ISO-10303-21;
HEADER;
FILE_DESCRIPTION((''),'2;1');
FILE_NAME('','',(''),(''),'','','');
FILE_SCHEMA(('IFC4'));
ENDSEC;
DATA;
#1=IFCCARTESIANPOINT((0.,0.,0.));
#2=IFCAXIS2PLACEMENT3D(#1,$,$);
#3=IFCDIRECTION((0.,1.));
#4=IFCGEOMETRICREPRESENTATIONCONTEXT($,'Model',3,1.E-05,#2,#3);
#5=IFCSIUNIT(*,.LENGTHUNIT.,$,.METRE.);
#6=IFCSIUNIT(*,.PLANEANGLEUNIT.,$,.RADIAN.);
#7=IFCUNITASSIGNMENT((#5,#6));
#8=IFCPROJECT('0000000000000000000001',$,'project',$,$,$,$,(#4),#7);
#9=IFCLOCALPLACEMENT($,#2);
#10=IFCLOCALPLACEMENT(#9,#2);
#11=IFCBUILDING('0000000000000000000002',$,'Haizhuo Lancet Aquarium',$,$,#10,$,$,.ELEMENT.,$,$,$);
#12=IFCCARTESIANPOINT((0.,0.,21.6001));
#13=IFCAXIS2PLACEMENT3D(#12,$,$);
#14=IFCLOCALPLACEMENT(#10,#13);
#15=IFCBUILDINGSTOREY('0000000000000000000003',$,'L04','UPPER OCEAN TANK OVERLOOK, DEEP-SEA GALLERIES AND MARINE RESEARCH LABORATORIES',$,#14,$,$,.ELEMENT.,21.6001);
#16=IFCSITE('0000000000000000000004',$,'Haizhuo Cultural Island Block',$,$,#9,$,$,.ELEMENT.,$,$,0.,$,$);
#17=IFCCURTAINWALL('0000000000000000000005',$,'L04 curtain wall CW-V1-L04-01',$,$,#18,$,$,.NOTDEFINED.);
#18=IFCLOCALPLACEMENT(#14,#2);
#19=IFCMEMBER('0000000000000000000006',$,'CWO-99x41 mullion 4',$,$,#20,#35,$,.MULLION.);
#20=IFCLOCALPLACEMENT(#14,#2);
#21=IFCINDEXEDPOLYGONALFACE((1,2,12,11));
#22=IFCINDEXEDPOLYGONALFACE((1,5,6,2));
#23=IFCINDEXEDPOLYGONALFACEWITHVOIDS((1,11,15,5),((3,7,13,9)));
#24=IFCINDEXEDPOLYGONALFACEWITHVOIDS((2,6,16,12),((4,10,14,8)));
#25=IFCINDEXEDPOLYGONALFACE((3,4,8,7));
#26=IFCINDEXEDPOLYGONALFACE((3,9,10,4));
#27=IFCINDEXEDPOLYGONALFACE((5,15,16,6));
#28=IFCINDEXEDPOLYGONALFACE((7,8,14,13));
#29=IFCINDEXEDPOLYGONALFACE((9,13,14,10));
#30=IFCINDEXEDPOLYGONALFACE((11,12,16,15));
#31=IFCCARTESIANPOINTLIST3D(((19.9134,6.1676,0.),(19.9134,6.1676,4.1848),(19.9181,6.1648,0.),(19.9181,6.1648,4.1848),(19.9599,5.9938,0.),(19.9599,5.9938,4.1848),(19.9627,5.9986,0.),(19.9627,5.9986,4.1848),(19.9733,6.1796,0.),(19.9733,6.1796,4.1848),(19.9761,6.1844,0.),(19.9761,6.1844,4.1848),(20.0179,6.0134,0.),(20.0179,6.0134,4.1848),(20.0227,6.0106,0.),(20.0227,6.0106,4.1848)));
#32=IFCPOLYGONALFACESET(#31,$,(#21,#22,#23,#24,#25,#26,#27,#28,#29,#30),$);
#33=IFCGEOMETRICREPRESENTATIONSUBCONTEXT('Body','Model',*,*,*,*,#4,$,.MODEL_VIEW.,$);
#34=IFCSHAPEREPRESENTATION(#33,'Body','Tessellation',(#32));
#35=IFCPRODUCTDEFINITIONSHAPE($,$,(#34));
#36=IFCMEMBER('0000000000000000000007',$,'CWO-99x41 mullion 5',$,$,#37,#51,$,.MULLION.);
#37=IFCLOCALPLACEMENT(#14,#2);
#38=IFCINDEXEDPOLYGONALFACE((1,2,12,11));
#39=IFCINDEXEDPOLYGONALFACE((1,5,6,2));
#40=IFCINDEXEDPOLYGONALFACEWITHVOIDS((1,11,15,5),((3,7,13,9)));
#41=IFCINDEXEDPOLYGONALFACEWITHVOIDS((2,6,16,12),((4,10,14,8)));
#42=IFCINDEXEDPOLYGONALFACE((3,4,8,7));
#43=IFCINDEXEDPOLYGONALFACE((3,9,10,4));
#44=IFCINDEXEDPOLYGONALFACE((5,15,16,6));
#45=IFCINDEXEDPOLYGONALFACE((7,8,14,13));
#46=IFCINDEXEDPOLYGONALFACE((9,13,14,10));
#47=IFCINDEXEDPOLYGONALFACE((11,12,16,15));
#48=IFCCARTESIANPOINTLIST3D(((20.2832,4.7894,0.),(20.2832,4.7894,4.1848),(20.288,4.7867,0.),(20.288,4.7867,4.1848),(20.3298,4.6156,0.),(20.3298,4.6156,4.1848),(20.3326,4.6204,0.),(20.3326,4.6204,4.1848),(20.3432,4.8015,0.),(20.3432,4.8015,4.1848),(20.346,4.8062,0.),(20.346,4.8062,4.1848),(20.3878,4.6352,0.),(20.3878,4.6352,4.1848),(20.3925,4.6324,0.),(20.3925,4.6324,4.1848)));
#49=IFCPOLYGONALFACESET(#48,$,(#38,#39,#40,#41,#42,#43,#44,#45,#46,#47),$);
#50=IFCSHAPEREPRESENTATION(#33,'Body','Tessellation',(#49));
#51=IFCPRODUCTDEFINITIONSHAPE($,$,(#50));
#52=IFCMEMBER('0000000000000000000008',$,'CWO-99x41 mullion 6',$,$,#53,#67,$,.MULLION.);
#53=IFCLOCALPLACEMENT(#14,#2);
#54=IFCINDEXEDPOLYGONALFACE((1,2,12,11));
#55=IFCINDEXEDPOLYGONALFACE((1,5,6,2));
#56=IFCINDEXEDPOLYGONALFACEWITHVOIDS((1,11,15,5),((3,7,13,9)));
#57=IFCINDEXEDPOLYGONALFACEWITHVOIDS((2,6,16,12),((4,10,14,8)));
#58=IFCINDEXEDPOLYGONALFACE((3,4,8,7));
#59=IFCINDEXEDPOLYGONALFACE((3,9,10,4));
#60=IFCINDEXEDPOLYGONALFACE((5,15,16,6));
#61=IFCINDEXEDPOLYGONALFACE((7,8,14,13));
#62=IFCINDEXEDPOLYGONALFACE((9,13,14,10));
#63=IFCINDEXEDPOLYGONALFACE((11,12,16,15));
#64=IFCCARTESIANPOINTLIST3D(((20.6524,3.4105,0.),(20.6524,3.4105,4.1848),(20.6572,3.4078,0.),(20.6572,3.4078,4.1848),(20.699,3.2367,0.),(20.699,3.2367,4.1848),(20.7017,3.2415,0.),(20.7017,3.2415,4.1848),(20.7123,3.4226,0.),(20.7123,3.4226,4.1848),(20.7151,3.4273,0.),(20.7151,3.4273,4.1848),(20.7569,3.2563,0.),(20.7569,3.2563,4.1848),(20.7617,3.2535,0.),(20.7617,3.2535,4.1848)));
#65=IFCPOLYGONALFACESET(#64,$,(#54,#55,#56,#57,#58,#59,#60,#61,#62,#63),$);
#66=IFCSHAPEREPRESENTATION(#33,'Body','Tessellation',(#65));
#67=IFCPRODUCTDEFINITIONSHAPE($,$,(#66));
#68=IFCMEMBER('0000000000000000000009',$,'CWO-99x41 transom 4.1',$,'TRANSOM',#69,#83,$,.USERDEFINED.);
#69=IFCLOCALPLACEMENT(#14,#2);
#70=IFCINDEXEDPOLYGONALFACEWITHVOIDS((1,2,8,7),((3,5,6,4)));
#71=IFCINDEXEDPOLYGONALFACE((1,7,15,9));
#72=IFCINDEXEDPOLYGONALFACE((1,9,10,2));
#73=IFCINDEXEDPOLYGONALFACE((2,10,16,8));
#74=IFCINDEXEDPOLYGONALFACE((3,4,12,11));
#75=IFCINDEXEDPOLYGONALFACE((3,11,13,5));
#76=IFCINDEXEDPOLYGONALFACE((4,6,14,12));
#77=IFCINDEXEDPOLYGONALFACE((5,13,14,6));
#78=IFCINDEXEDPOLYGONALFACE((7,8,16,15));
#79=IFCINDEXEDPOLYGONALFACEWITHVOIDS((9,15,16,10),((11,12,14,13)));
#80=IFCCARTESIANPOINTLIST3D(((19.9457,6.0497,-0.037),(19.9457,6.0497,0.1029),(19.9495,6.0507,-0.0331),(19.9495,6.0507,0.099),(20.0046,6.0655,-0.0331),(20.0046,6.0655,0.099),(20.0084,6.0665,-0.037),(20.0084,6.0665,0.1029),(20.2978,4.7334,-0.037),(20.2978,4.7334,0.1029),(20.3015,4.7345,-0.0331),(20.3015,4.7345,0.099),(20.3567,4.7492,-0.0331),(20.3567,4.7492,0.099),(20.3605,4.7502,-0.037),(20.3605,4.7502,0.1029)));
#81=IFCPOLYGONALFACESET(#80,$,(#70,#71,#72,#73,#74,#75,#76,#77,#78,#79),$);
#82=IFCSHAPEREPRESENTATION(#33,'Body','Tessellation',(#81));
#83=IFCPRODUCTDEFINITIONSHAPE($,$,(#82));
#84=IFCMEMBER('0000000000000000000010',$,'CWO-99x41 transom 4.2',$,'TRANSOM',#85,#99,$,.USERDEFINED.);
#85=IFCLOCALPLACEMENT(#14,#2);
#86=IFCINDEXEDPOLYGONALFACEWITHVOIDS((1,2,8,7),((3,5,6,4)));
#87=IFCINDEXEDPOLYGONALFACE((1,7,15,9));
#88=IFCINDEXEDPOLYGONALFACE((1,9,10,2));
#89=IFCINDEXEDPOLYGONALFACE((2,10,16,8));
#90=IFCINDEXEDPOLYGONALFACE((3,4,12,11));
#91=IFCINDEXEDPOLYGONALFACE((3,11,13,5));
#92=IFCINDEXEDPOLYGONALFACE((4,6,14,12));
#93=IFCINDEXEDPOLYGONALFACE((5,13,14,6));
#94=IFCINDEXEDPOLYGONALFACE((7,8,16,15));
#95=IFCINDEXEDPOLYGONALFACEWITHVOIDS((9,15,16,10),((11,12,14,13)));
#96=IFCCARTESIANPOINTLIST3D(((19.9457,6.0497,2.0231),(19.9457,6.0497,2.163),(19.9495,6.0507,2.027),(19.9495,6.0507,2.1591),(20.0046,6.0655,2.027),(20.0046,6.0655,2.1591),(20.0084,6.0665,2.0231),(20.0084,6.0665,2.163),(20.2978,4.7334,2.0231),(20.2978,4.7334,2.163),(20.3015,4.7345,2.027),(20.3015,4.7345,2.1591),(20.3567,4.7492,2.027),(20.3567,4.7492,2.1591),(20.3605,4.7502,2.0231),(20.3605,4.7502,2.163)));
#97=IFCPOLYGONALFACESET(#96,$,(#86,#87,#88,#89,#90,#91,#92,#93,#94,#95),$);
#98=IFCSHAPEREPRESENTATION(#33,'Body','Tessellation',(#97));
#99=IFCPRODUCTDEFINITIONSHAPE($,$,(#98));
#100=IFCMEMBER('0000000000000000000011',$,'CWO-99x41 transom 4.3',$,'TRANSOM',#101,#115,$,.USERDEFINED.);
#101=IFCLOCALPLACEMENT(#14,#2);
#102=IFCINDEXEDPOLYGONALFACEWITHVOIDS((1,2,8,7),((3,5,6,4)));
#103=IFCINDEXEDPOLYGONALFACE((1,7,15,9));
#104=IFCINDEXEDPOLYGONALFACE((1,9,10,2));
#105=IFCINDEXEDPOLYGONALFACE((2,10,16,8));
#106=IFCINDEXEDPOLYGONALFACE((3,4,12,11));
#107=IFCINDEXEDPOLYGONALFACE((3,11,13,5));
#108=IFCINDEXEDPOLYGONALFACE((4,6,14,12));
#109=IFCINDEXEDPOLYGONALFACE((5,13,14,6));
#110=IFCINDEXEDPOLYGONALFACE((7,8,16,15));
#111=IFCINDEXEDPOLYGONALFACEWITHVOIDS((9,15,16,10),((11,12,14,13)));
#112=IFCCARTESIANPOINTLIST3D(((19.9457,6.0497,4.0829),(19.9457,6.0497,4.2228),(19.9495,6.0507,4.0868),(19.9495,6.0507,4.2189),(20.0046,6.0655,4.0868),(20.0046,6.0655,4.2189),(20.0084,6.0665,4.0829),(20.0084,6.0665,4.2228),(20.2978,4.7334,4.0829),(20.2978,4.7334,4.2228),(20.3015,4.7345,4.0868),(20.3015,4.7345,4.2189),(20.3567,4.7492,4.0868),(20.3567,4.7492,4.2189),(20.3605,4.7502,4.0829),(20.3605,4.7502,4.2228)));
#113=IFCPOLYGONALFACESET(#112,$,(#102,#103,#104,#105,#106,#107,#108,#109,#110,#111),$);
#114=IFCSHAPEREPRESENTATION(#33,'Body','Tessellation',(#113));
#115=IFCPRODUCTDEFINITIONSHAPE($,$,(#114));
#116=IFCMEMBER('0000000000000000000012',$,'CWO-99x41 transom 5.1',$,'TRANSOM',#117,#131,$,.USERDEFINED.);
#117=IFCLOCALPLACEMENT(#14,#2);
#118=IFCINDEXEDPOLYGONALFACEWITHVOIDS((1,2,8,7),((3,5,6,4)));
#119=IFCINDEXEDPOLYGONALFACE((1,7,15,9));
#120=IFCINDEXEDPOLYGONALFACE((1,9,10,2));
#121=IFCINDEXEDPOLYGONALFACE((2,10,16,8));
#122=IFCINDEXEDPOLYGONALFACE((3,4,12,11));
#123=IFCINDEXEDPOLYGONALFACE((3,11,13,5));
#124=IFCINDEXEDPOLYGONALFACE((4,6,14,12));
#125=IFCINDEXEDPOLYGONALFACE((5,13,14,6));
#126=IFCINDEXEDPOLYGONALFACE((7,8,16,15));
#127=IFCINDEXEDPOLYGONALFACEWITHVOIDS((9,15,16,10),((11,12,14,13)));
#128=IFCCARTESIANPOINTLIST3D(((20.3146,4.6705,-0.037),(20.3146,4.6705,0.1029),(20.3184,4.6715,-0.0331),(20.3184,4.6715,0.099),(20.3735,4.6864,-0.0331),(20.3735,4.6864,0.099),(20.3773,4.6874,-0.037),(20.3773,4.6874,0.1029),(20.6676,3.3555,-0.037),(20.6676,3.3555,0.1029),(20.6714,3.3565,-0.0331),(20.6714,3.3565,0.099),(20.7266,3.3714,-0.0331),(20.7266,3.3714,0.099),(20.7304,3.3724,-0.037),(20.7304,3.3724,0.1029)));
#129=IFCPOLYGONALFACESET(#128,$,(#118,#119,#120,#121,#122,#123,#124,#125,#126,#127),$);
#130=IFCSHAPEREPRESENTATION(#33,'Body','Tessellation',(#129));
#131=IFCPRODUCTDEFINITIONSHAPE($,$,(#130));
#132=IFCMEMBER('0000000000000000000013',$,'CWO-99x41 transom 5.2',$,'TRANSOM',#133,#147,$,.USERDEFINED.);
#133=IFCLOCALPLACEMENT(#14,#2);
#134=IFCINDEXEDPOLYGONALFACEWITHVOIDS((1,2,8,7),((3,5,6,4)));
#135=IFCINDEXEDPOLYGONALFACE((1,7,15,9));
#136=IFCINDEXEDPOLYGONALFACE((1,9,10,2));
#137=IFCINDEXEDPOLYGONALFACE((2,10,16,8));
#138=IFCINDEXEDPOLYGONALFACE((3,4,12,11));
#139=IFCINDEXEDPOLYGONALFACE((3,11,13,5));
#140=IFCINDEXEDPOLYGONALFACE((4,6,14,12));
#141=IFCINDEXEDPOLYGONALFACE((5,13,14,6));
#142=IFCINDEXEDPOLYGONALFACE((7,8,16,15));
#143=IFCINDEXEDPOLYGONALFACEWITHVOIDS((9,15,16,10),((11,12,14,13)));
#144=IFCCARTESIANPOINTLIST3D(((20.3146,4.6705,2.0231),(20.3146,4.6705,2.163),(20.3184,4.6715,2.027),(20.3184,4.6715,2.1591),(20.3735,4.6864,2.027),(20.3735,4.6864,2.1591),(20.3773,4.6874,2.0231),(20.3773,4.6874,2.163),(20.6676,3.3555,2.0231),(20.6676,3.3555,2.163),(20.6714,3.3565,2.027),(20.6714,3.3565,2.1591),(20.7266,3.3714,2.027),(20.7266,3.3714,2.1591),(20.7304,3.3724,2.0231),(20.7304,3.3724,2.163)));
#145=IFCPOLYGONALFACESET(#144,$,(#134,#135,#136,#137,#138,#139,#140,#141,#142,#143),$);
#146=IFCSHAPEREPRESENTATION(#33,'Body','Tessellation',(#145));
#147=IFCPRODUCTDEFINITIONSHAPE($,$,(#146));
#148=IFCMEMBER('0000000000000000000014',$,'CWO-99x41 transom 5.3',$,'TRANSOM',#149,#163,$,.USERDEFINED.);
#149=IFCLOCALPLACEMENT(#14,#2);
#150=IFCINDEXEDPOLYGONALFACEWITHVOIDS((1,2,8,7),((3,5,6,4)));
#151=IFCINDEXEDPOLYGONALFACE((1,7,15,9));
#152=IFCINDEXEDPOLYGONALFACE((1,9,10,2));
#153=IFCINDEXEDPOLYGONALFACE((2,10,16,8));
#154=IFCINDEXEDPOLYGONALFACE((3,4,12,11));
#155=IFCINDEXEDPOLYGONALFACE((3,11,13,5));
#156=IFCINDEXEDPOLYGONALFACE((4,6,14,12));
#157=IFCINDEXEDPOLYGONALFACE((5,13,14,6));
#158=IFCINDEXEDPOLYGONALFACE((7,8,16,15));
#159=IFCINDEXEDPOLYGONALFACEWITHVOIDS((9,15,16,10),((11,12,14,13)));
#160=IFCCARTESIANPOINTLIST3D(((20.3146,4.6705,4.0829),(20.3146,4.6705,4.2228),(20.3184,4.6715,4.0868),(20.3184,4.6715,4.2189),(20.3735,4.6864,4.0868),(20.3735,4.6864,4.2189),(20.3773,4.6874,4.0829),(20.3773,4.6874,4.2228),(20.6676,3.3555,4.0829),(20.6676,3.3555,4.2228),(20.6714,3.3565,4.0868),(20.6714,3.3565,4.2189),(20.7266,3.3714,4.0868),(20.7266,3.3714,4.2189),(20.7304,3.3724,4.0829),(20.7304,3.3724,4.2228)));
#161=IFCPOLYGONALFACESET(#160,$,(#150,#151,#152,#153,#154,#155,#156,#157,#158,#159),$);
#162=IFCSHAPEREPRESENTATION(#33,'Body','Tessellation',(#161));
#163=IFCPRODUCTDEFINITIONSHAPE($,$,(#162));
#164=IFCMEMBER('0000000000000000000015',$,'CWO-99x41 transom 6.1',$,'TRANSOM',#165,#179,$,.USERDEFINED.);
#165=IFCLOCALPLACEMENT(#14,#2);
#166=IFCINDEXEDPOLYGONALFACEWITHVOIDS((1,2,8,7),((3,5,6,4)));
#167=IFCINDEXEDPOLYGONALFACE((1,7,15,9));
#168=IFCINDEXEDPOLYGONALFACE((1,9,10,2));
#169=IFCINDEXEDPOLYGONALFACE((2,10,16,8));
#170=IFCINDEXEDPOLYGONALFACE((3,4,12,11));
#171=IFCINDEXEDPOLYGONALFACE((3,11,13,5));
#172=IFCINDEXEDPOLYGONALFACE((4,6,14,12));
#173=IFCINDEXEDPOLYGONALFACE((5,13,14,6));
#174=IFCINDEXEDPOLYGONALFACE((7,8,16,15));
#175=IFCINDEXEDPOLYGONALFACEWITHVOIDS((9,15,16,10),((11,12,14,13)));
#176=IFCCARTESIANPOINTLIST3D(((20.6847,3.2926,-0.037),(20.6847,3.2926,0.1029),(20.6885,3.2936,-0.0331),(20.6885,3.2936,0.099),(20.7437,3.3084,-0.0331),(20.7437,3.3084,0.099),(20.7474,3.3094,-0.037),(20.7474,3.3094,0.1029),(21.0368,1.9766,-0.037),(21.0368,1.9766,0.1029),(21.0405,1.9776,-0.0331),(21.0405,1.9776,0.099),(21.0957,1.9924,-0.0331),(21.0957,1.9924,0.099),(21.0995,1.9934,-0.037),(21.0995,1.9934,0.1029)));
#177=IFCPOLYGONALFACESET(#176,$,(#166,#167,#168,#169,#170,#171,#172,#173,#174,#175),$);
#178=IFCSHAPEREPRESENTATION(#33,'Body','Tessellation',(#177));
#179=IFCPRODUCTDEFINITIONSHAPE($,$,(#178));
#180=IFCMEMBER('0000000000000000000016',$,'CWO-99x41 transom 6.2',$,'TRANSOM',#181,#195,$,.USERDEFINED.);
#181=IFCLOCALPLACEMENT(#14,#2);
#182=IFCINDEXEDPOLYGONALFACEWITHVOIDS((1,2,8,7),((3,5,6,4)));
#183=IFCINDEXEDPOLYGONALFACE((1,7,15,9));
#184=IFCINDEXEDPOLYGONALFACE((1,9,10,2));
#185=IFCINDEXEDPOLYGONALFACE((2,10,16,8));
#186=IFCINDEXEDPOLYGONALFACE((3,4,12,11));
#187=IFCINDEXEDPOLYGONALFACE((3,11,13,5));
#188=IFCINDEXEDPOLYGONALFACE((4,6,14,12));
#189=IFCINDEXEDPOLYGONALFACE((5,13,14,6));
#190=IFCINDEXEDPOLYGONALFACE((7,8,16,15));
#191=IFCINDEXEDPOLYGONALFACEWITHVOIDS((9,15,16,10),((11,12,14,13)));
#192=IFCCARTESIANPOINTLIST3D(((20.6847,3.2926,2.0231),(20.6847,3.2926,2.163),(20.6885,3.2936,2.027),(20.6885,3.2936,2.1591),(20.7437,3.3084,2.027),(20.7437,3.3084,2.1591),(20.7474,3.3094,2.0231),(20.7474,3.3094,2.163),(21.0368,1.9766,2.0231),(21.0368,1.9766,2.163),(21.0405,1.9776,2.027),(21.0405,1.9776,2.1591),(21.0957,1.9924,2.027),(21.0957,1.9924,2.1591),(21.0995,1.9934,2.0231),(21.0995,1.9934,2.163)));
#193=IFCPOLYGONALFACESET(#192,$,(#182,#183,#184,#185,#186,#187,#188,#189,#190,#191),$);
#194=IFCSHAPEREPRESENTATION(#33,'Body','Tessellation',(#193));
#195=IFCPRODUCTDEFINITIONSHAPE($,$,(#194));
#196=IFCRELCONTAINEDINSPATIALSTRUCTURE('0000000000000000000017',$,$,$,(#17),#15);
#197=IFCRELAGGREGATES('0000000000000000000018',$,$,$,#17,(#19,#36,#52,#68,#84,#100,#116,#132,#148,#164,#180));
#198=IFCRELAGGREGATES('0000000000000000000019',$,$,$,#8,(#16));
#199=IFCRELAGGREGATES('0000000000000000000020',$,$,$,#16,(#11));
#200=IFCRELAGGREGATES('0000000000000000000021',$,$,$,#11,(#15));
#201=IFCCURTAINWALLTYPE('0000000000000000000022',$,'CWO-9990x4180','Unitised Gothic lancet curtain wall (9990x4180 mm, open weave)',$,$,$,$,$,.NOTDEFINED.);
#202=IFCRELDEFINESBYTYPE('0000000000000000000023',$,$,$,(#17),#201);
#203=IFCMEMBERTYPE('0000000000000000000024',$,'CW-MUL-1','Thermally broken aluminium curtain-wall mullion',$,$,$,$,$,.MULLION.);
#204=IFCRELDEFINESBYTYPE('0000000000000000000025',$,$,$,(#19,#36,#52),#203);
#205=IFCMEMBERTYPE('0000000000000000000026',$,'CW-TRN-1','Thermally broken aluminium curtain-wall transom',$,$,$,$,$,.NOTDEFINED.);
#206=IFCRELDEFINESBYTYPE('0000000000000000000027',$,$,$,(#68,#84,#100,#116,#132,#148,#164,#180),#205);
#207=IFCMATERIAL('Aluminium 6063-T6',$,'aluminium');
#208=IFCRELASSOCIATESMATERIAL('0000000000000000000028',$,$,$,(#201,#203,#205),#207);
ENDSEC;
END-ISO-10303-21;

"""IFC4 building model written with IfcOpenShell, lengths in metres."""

from ifc_helpers import new_model, si_unit, direction, frame, origin, origin_2d, place, context, subcontext, project, spatial, hollow_rectangle, extrude, material, material_profile, profile_set, type_object, element, aggregate, save


model = new_model("IFC4")

# Units and contexts
model_context = context("Model", 3, precision=1e-05, world=origin(), true_north=direction((0.0, 1.0)))
body_context = subcontext(model_context, "Body", "Model", "MODEL_VIEW")
ifc_project = project(units=[si_unit("LENGTHUNIT", "METRE"), si_unit("PLANEANGLEUNIT", "RADIAN")], contexts=[model_context])

# Site, building, storey
site_placement = place(None, origin())
site = spatial("IfcSite", under=ifc_project, at=site_placement, Name="Haizhuo Cultural Island Block", CompositionType="ELEMENT", RefElevation=0.0)
building_placement = place(site_placement, origin())
building = spatial("IfcBuilding", under=site, at=building_placement, Name="Haizhuo Lancet Aquarium", CompositionType="ELEMENT")
storey_placement = place(building_placement, frame((0.0, 0.0, 21.6001)))
storey = spatial("IfcBuildingStorey", under=building, at=storey_placement, Name="L04", Description="UPPER OCEAN TANK OVERLOOK, DEEP-SEA GALLERIES AND MARINE RESEARCH LABORATORIES", CompositionType="ELEMENT", Elevation=21.6001)

# Curtain wall, members
ifc_material_1 = material(Name="Aluminium 6063-T6", Category="aluminium")
curtain_wall_type = type_object("IfcCurtainWallType", Name="CWO-9990x4180", Description="Unitised Gothic lancet curtain wall (9990x4180 mm, open weave)", PredefinedType="NOTDEFINED", material=ifc_material_1)
curtain_wall_placement = place(storey_placement, origin())
curtain_wall = element("IfcCurtainWall", 1, at=curtain_wall_placement, inside=storey, type_object=curtain_wall_type, Name="L04 curtain wall CW-V1-L04-01", PredefinedType="NOTDEFINED")
ifc_material_profile_1 = material_profile(ifc_material_1, hollow_rectangle(XDim=0.0649, YDim=0.1799, WallThickness=0.0039, at=origin_2d()), Name="ALU-M 65x180x4")
ifc_profile_set_1 = profile_set([ifc_material_profile_1], Name="Aluminium 6063-T6")
member_type_1 = type_object("IfcMemberType", Name="CW-MUL-1", Description="Thermally broken aluminium curtain-wall mullion", PredefinedType="MULLION", material=ifc_profile_set_1)
member_1_placement = place(storey_placement, frame((19.968, 6.0891, 0.0), z_axis=(0.0, 0.0, 1.0), x_axis=(0.965917, 0.258853, 0.0)))
member_1 = element("IfcMember", 2, at=member_1_placement, type_object=member_type_1, Name="CWO-99x41 mullion 4", PredefinedType="MULLION", context=body_context, shape_type="SweptSolid", body=[
    extrude(hollow_rectangle(XDim=0.0649, YDim=0.1799, WallThickness=0.0039, at=origin_2d()), origin(), (0.0, 0.0, 1.0), 4.1848),
])
member_2_placement = place(storey_placement, frame((20.3379, 4.7109, 0.0), z_axis=(0.0, 0.0, 1.0), x_axis=(0.965917, 0.258853, 0.0)))
member_2 = element("IfcMember", 3, at=member_2_placement, type_object=member_type_1, Name="CWO-99x41 mullion 5", PredefinedType="MULLION", context=body_context, shape_type="SweptSolid", body=[
    extrude(hollow_rectangle(XDim=0.0649, YDim=0.1799, WallThickness=0.0039, at=origin_2d()), origin(), (0.0, 0.0, 1.0), 4.1848),
])
member_3_placement = place(storey_placement, frame((20.707, 3.332, 0.0), z_axis=(0.0, 0.0, 1.0), x_axis=(0.965917, 0.258853, 0.0)))
member_3 = element("IfcMember", 4, at=member_3_placement, type_object=member_type_1, Name="CWO-99x41 mullion 6", PredefinedType="MULLION", context=body_context, shape_type="SweptSolid", body=[
    extrude(hollow_rectangle(XDim=0.0649, YDim=0.1799, WallThickness=0.0039, at=origin_2d()), origin(), (0.0, 0.0, 1.0), 4.1848),
])
ifc_material_profile_2 = material_profile(ifc_material_1, hollow_rectangle(XDim=0.0649, YDim=0.1399, WallThickness=0.0039, at=origin_2d()), Name="ALU-T 65x140x4")
ifc_profile_set_2 = profile_set([ifc_material_profile_2], Name="Aluminium 6063-T6")
member_type_2 = type_object("IfcMemberType", Name="CW-TRN-1", Description="Thermally broken aluminium curtain-wall transom", PredefinedType="NOTDEFINED", material=ifc_profile_set_2)
member_4_placement = place(storey_placement, frame((19.9771, 6.0581, 0.033), z_axis=(0.258399, -0.966038, 0.0), x_axis=(0.966038, 0.258399, 0.0)))
member_4 = element("IfcMember", 5, at=member_4_placement, type_object=member_type_2, Name="CWO-99x41 transom 4.1", ObjectType="TRANSOM", PredefinedType="USERDEFINED", context=body_context, shape_type="SweptSolid", body=[
    extrude(hollow_rectangle(XDim=0.0649, YDim=0.1399, WallThickness=0.0039, at=origin_2d()), origin(), (0.0, 0.0, 1.0), 1.3625),
])
member_5_placement = place(storey_placement, frame((19.9771, 6.0581, 2.093), z_axis=(0.258399, -0.966038, 0.0), x_axis=(0.966038, 0.258399, 0.0)))
member_5 = element("IfcMember", 6, at=member_5_placement, type_object=member_type_2, Name="CWO-99x41 transom 4.2", ObjectType="TRANSOM", PredefinedType="USERDEFINED", context=body_context, shape_type="SweptSolid", body=[
    extrude(hollow_rectangle(XDim=0.0649, YDim=0.1399, WallThickness=0.0039, at=origin_2d()), origin(), (0.0, 0.0, 1.0), 1.3625),
])
member_6_placement = place(storey_placement, frame((19.9771, 6.0581, 4.1528), z_axis=(0.258399, -0.966038, 0.0), x_axis=(0.966038, 0.258399, 0.0)))
member_6 = element("IfcMember", 7, at=member_6_placement, type_object=member_type_2, Name="CWO-99x41 transom 4.3", ObjectType="TRANSOM", PredefinedType="USERDEFINED", context=body_context, shape_type="SweptSolid", body=[
    extrude(hollow_rectangle(XDim=0.0649, YDim=0.1399, WallThickness=0.0039, at=origin_2d()), origin(), (0.0, 0.0, 1.0), 1.3625),
])
member_7_placement = place(storey_placement, frame((20.3459, 4.679, 0.033), z_axis=(0.259292, -0.965799, 0.0), x_axis=(0.965799, 0.259292, 0.0)))
member_7 = element("IfcMember", 8, at=member_7_placement, type_object=member_type_2, Name="CWO-99x41 transom 5.1", ObjectType="TRANSOM", PredefinedType="USERDEFINED", context=body_context, shape_type="SweptSolid", body=[
    extrude(hollow_rectangle(XDim=0.0649, YDim=0.1399, WallThickness=0.0039, at=origin_2d()), origin(), (0.0, 0.0, 1.0), 1.3616),
])
member_8_placement = place(storey_placement, frame((20.3459, 4.679, 2.093), z_axis=(0.259292, -0.965799, 0.0), x_axis=(0.965799, 0.259292, 0.0)))
member_8 = element("IfcMember", 9, at=member_8_placement, type_object=member_type_2, Name="CWO-99x41 transom 5.2", ObjectType="TRANSOM", PredefinedType="USERDEFINED", context=body_context, shape_type="SweptSolid", body=[
    extrude(hollow_rectangle(XDim=0.0649, YDim=0.1399, WallThickness=0.0039, at=origin_2d()), origin(), (0.0, 0.0, 1.0), 1.3616),
])
member_9_placement = place(storey_placement, frame((20.3459, 4.679, 4.1528), z_axis=(0.259292, -0.965799, 0.0), x_axis=(0.965799, 0.259292, 0.0)))
member_9 = element("IfcMember", 10, at=member_9_placement, type_object=member_type_2, Name="CWO-99x41 transom 5.3", ObjectType="TRANSOM", PredefinedType="USERDEFINED", context=body_context, shape_type="SweptSolid", body=[
    extrude(hollow_rectangle(XDim=0.0649, YDim=0.1399, WallThickness=0.0039, at=origin_2d()), origin(), (0.0, 0.0, 1.0), 1.3616),
])
member_10_placement = place(storey_placement, frame((20.7161, 3.301, 0.033), z_axis=(0.258443, -0.966026, 0.0), x_axis=(0.966026, 0.258443, 0.0)))
member_10 = element("IfcMember", 11, at=member_10_placement, type_object=member_type_2, Name="CWO-99x41 transom 6.1", ObjectType="TRANSOM", PredefinedType="USERDEFINED", context=body_context, shape_type="SweptSolid", body=[
    extrude(hollow_rectangle(XDim=0.0649, YDim=0.1399, WallThickness=0.0039, at=origin_2d()), origin(), (0.0, 0.0, 1.0), 1.3623),
])
member_11_placement = place(storey_placement, frame((20.7161, 3.301, 2.093), z_axis=(0.258443, -0.966026, 0.0), x_axis=(0.966026, 0.258443, 0.0)))
member_11 = element("IfcMember", 12, at=member_11_placement, type_object=member_type_2, Name="CWO-99x41 transom 6.2", ObjectType="TRANSOM", PredefinedType="USERDEFINED", context=body_context, shape_type="SweptSolid", body=[
    extrude(hollow_rectangle(XDim=0.0649, YDim=0.1399, WallThickness=0.0039, at=origin_2d()), origin(), (0.0, 0.0, 1.0), 1.3623),
])

aggregate(curtain_wall, [member_1, member_2, member_3, member_4, member_5, member_6, member_7, member_8, member_9, member_10, member_11])

save(model, "model.ifc")
